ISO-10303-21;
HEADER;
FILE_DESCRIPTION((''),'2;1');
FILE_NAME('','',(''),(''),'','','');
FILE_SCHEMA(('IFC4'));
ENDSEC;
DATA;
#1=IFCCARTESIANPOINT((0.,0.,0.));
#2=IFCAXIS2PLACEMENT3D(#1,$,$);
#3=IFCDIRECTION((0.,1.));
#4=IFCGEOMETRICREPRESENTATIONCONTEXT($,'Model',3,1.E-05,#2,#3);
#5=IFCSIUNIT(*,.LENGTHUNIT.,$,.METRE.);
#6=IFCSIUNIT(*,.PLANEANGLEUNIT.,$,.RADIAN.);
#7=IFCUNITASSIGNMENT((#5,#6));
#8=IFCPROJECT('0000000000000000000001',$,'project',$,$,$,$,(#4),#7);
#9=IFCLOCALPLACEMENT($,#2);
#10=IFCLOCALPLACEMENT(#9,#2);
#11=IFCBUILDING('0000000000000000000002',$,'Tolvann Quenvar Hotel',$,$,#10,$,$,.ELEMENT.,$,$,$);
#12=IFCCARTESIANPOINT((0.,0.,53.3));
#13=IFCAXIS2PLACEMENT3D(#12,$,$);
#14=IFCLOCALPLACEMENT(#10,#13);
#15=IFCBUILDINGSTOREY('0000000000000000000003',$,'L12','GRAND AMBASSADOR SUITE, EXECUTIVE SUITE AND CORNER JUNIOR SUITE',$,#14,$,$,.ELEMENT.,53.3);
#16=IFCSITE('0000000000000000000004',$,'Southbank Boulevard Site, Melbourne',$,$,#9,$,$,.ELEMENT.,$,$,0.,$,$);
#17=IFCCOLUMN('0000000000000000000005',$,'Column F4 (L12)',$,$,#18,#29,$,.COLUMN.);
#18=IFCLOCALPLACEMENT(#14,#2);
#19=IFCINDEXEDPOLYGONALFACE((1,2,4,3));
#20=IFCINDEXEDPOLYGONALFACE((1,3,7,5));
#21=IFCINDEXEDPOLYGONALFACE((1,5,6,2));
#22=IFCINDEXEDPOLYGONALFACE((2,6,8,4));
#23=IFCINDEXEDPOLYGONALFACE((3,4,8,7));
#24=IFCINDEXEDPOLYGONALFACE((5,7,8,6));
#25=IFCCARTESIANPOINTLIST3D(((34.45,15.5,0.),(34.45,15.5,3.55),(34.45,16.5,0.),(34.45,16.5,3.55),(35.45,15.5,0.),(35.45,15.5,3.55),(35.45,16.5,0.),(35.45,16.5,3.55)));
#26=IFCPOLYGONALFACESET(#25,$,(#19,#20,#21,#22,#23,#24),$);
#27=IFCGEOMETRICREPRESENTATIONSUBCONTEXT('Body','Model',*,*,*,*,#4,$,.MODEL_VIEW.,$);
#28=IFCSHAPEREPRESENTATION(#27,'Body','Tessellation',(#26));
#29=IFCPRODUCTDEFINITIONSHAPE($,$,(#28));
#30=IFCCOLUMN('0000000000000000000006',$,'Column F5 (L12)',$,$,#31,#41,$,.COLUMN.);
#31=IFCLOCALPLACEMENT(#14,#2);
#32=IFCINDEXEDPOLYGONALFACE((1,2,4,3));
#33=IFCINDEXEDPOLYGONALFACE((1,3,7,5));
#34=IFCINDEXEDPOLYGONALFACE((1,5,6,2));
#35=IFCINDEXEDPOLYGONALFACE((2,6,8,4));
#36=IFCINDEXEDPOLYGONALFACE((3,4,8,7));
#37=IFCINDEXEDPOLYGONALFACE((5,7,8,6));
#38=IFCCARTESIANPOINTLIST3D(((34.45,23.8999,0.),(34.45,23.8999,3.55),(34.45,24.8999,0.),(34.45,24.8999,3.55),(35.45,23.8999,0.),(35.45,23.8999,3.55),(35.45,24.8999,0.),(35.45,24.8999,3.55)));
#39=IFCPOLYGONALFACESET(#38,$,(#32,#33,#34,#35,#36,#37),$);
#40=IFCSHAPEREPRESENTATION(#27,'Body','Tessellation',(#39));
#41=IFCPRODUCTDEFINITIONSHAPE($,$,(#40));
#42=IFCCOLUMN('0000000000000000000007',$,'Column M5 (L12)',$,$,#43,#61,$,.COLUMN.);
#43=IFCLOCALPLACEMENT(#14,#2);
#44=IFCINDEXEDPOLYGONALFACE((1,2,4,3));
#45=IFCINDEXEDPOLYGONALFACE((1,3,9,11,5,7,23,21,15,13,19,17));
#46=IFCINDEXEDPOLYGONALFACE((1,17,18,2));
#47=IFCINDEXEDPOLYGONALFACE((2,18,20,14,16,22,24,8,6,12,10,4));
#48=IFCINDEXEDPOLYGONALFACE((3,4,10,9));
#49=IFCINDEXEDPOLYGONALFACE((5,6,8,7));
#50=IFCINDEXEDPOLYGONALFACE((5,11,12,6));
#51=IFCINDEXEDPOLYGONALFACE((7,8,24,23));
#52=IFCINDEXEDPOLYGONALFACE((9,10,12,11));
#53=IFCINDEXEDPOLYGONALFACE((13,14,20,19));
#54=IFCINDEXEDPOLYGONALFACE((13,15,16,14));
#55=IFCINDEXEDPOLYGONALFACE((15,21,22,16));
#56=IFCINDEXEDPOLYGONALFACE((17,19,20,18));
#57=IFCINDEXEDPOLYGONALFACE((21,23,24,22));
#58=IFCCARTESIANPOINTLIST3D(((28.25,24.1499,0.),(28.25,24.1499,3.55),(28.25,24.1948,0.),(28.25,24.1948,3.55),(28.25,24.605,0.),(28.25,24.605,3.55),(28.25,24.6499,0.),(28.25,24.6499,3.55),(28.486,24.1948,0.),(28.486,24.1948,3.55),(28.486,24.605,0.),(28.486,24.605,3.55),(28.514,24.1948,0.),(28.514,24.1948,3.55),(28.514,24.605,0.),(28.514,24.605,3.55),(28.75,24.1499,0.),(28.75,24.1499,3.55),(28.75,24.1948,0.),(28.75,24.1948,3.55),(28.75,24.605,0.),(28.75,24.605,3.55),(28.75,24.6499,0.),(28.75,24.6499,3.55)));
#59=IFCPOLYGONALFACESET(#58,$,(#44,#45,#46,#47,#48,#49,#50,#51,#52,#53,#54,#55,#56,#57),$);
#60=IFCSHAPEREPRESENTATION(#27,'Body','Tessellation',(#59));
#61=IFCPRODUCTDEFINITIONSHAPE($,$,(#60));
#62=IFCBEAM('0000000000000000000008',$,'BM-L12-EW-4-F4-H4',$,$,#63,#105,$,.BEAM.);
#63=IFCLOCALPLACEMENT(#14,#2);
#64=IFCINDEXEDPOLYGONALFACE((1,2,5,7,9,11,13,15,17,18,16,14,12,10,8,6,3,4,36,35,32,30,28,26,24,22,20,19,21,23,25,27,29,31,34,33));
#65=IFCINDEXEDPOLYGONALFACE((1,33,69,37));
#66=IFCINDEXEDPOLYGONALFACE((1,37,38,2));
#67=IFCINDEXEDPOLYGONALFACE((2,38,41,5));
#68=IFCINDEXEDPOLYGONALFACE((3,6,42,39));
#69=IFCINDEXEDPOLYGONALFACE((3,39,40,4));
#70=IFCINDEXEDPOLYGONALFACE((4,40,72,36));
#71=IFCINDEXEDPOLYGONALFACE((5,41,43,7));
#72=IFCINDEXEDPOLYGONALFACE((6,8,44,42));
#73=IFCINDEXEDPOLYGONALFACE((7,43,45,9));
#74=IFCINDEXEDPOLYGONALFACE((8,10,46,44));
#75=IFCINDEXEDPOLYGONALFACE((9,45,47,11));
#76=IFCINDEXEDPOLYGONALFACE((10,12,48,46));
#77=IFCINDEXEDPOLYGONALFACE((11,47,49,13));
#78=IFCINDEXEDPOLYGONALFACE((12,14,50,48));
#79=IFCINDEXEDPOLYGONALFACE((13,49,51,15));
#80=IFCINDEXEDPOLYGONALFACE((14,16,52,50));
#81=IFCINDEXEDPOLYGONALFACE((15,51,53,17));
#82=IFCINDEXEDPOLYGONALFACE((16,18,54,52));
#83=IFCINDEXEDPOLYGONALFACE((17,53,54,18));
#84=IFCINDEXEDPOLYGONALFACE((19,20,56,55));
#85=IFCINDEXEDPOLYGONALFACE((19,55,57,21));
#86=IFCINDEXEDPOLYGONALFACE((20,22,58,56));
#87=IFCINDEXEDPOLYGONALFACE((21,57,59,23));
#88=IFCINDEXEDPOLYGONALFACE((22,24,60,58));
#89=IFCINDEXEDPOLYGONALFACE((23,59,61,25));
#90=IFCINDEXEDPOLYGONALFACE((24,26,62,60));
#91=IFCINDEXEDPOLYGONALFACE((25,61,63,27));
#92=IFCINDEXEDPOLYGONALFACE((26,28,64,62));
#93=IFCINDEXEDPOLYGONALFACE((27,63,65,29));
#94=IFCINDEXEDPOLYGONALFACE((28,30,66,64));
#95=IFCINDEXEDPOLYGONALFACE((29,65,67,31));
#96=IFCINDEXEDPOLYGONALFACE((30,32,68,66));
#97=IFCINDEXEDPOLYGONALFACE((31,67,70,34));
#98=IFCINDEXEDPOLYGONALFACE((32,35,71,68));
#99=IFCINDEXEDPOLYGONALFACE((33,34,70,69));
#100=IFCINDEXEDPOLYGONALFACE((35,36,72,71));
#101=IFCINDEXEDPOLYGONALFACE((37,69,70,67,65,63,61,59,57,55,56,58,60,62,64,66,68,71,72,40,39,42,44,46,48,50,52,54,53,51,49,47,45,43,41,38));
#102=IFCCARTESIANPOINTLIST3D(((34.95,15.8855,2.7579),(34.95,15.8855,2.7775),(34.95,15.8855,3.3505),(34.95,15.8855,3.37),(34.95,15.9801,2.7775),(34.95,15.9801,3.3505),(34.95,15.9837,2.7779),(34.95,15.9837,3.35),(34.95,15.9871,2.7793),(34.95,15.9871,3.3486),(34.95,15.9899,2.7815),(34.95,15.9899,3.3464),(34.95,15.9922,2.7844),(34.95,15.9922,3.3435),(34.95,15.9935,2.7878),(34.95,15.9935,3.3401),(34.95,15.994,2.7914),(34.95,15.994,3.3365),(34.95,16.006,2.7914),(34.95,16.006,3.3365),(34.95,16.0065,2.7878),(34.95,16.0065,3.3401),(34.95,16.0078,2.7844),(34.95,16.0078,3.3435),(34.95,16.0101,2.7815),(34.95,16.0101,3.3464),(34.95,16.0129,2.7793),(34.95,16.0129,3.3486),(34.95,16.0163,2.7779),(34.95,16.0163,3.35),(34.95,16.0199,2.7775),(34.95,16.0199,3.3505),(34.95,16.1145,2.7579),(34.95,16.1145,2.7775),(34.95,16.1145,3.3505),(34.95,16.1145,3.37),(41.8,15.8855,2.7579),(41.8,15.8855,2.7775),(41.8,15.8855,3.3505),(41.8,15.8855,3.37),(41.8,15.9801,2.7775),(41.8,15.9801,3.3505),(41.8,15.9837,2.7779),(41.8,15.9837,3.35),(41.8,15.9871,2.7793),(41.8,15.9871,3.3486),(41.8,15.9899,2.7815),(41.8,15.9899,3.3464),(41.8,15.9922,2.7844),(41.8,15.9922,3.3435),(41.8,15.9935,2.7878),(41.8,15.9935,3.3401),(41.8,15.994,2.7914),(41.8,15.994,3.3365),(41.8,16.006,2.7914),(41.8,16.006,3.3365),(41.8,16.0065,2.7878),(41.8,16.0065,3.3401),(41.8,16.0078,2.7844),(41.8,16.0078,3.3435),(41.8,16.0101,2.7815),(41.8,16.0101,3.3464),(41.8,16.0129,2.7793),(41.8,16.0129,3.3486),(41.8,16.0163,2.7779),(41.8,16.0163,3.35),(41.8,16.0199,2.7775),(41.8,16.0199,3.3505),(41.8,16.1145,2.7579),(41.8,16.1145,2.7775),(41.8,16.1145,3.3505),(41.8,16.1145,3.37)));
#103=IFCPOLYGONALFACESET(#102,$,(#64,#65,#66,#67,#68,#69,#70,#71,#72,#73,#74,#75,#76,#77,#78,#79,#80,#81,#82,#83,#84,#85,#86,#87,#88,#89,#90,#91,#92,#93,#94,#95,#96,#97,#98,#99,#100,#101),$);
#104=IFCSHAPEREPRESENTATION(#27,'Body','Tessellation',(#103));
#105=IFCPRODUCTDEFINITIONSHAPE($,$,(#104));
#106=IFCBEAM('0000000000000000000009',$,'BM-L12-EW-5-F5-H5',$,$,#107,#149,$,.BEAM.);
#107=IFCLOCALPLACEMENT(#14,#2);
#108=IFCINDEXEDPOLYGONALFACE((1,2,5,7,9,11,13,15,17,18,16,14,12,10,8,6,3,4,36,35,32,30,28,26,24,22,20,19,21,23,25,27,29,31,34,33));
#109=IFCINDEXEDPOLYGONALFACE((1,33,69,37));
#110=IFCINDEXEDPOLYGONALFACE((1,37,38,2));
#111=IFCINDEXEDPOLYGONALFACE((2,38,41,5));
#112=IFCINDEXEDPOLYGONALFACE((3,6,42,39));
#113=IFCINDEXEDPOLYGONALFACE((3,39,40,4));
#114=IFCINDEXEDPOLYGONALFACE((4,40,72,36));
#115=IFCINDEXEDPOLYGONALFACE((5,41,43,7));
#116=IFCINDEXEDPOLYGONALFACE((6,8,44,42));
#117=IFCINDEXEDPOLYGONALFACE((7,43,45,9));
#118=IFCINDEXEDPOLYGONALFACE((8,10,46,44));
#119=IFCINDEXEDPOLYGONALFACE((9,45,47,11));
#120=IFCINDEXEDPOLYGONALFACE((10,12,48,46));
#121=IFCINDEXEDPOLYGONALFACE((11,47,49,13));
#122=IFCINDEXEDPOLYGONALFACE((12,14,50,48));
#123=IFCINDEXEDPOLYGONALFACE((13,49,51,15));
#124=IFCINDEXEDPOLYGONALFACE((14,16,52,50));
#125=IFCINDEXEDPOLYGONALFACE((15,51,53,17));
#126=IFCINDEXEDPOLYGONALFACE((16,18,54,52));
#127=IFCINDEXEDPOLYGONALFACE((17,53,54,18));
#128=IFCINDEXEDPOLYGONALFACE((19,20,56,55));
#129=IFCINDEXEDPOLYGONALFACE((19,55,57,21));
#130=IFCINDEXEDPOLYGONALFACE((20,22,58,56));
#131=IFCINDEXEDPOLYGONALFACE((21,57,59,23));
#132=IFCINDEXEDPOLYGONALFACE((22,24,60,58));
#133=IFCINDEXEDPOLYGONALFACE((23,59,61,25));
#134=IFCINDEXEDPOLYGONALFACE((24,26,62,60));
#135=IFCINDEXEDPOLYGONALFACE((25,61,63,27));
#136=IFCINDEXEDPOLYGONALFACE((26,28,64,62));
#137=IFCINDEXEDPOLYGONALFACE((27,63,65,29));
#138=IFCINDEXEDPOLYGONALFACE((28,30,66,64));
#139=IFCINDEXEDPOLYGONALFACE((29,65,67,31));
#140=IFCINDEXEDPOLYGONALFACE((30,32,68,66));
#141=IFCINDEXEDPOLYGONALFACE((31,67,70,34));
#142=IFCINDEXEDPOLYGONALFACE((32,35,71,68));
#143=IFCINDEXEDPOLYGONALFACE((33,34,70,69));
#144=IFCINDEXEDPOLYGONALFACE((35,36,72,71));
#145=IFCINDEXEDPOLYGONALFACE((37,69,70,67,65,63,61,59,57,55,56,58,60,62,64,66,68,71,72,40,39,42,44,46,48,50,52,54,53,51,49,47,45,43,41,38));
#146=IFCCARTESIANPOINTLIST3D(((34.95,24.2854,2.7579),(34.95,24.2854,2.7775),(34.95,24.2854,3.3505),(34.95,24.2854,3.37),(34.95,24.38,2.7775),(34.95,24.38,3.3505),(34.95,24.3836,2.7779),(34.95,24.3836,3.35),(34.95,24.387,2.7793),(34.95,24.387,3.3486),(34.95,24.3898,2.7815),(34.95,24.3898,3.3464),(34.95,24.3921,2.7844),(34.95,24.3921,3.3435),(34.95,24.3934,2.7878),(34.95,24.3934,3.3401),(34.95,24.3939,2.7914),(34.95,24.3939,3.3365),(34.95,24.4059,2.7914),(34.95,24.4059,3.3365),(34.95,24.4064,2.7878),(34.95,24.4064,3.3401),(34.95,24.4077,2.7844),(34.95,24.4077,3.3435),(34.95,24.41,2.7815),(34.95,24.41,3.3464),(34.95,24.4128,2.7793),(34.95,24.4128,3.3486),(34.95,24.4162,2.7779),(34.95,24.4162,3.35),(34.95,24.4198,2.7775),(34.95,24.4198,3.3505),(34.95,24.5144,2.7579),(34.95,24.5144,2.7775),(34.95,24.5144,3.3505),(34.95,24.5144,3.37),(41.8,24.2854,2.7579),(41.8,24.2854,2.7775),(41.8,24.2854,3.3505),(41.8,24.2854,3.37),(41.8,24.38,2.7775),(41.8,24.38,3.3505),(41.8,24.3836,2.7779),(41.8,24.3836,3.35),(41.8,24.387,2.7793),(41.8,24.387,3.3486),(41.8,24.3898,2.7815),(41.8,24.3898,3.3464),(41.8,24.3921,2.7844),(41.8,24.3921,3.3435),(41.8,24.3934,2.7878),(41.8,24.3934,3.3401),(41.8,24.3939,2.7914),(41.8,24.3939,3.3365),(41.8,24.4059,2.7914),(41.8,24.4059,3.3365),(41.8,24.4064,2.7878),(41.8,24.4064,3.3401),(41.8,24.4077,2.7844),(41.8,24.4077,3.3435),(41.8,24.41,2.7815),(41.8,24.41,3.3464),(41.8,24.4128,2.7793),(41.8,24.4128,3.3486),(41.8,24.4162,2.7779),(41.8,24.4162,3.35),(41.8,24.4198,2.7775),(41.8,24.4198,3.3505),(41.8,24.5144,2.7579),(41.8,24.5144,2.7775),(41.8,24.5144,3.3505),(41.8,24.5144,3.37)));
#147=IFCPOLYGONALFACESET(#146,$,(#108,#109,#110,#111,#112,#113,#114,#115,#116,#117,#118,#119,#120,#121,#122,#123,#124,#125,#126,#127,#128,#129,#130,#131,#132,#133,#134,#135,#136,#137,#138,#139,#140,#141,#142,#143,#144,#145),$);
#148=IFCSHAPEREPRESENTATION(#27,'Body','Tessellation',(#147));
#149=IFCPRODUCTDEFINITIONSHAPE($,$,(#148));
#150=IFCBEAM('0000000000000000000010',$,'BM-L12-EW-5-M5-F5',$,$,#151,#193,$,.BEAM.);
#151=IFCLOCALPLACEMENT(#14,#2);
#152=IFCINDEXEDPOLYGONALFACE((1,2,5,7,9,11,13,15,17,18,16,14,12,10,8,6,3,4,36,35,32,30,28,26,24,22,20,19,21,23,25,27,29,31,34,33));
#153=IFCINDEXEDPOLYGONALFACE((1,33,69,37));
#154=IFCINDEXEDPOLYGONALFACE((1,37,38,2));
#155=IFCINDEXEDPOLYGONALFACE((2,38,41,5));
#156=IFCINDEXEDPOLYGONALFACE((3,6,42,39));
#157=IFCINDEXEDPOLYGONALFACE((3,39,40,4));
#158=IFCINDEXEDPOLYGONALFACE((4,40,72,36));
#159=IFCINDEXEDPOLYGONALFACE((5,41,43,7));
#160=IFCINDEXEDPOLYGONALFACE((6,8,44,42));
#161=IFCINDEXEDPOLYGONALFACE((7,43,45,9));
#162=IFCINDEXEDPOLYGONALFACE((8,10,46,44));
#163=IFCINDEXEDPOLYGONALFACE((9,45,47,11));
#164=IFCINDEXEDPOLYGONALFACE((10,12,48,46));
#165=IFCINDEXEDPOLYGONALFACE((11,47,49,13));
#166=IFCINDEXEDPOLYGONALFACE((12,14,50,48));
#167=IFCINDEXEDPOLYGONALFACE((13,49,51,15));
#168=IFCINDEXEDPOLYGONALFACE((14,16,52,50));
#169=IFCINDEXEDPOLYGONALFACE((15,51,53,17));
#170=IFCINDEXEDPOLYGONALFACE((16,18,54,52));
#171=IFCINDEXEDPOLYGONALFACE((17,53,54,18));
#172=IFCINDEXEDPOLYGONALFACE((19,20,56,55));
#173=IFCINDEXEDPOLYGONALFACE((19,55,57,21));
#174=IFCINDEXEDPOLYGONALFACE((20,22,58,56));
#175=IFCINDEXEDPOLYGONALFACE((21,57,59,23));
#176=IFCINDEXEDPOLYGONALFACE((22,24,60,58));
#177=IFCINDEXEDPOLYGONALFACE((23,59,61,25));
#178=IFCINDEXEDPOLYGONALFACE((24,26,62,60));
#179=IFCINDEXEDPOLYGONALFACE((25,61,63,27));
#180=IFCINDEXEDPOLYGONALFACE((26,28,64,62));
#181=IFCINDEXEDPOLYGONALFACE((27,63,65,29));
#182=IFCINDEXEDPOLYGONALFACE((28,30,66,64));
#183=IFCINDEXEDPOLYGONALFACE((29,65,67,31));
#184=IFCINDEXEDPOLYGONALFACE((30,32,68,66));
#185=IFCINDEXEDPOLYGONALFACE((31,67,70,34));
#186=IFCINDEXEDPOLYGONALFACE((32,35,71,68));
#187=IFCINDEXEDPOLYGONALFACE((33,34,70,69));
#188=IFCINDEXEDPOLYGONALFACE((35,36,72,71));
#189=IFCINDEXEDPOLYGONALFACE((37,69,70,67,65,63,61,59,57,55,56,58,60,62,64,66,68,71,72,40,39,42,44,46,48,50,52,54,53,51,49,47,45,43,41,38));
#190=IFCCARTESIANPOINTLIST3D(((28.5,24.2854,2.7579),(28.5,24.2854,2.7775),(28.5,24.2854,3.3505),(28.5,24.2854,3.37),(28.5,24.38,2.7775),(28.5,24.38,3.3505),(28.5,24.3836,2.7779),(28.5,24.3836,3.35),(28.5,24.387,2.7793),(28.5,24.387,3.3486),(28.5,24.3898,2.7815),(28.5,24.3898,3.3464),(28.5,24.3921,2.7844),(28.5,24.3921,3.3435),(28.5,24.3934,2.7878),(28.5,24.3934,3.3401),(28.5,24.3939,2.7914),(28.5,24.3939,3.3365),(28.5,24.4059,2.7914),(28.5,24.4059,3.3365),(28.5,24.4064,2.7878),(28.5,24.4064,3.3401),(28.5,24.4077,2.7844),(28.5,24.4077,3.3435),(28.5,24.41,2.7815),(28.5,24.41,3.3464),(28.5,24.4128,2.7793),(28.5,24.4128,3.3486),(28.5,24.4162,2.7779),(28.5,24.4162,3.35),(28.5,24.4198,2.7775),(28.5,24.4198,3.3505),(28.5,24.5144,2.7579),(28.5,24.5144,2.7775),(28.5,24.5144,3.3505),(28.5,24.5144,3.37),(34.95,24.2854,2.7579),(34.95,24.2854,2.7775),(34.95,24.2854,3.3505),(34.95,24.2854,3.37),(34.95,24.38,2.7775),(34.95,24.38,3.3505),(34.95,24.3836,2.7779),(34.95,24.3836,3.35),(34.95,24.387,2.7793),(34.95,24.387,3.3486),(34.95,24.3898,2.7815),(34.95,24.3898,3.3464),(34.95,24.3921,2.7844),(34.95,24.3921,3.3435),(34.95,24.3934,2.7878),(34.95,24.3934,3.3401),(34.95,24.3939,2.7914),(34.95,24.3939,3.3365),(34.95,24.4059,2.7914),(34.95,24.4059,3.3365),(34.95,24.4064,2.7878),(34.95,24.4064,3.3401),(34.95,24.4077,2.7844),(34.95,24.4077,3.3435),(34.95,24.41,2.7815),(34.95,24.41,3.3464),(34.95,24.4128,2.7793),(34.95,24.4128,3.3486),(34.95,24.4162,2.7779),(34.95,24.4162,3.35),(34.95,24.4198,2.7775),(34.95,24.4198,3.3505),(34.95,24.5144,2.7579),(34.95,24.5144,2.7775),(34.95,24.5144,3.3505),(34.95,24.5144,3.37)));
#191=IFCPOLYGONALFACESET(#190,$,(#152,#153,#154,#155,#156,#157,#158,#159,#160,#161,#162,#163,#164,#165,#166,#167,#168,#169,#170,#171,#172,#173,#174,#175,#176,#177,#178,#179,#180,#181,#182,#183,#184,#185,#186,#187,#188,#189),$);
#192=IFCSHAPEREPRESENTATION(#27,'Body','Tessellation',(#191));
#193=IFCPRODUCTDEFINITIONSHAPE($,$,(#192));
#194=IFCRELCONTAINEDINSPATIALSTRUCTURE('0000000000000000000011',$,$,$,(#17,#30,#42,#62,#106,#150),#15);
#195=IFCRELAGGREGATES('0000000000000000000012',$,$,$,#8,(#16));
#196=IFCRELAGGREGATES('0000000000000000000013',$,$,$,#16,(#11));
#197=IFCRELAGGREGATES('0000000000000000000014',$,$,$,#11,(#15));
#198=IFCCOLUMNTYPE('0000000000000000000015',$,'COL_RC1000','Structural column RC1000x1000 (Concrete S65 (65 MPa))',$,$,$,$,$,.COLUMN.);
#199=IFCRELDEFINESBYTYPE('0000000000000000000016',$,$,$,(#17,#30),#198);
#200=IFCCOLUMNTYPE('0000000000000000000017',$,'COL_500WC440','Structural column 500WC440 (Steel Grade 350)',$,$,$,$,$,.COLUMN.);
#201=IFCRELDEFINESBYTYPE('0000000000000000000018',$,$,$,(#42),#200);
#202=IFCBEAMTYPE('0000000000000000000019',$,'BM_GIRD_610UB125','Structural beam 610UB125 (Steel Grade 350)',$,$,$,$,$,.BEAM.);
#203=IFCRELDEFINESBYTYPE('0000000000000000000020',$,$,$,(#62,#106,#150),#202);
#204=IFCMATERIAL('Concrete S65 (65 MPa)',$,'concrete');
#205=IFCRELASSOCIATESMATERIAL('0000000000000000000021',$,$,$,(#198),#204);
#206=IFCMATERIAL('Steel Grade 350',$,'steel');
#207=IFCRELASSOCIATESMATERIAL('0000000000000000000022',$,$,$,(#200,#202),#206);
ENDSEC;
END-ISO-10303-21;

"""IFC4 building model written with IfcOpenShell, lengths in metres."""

from ifc_helpers import new_model, si_unit, direction, frame, origin, origin_2d, place, context, subcontext, project, spatial, rectangle, i_section, extrude, source, transform, mapped, material, material_profile, profile_set, type_object, type_shapes, element, save


model = new_model("IFC4")

# Units and contexts
model_context = context("Model", 3, precision=1e-05, world=origin(), true_north=direction((0.0, 1.0)))
body_context = subcontext(model_context, "Body", "Model", "MODEL_VIEW")
ifc_project = project(units=[si_unit("LENGTHUNIT", "METRE"), si_unit("PLANEANGLEUNIT", "RADIAN")], contexts=[model_context])

# Site, building, storey
site_placement = place(None, origin())
site = spatial("IfcSite", under=ifc_project, at=site_placement, Name="Southbank Boulevard Site, Melbourne", CompositionType="ELEMENT", RefElevation=0.0)
building_placement = place(site_placement, origin())
building = spatial("IfcBuilding", under=site, at=building_placement, Name="Tolvann Quenvar Hotel", CompositionType="ELEMENT")
storey_placement = place(building_placement, frame((0.0, 0.0, 53.3)))
storey = spatial("IfcBuildingStorey", under=building, at=storey_placement, Name="L12", Description="GRAND AMBASSADOR SUITE, EXECUTIVE SUITE AND CORNER JUNIOR SUITE", CompositionType="ELEMENT", Elevation=53.3)

# Columns
ifc_material_1 = material(Name="Concrete S65 (65 MPa)", Category="concrete")
ifc_material_profile_1 = material_profile(ifc_material_1, rectangle(XDim=1.0, YDim=1.0, at=origin_2d()), Name="RC1000x1000")
ifc_profile_set_1 = profile_set([ifc_material_profile_1], Name="Concrete S65 (65 MPa)")
column_type_1 = type_object("IfcColumnType", Name="COL_RC1000", Description="Structural column RC1000x1000 (Concrete S65 (65 MPa))", PredefinedType="COLUMN", material=ifc_profile_set_1)
shared_shape_1 = source(origin(), body_context, "Body", "SweptSolid", [
    extrude(rectangle(XDim=1.0, YDim=1.0, at=origin_2d()), origin(), (0.0, 0.0, 1.0), 3.55),
])
type_shapes(column_type_1, [shared_shape_1])
for number, where, z_axis, x_axis, name in (
    (1, (34.95, 16.0, 0.0), (0.0, 0.0, 1.0), (1.0, 0.0, 0.0), "Column F4 (L12)"),
    (2, (34.95, 24.3999, 0.0), (0.0, 0.0, 1.0), (1.0, 0.0, 0.0), "Column F5 (L12)"),
):
    element("IfcColumn", number, at=place(storey_placement, frame(where, z_axis=z_axis, x_axis=x_axis)), inside=storey, type_object=column_type_1, Name=name, PredefinedType="COLUMN", context=body_context, shape_type="MappedRepresentation", body=[
        mapped(shared_shape_1, transform((0.0, 0.0, 0.0), x_axis=(1.0, 0.0, 0.0), y_axis=(0.0, 1.0, 0.0), z_axis=(0.0, 0.0, 1.0), scale=1.0)),
    ])
ifc_material_2 = material(Name="Steel Grade 350", Category="steel")
ifc_material_profile_2 = material_profile(ifc_material_2, i_section(OverallWidth=0.5, OverallDepth=0.5, WebThickness=0.0281, FlangeThickness=0.0449, at=origin_2d()), Name="500WC440")
ifc_profile_set_2 = profile_set([ifc_material_profile_2], Name="Steel Grade 350")
column_type_2 = type_object("IfcColumnType", Name="COL_500WC440", Description="Structural column 500WC440 (Steel Grade 350)", PredefinedType="COLUMN", material=ifc_profile_set_2)
shared_shape_2 = source(origin(), body_context, "Body", "SweptSolid", [
    extrude(i_section(OverallWidth=0.5, OverallDepth=0.5, WebThickness=0.0281, FlangeThickness=0.0449, at=origin_2d()), origin(), (0.0, 0.0, 1.0), 3.55),
])
type_shapes(column_type_2, [shared_shape_2])
column_placement = place(storey_placement, frame((28.5, 24.3999, 0.0), z_axis=(0.0, 0.0, 1.0), x_axis=(1.0, 0.0, 0.0)))
element("IfcColumn", 3, at=column_placement, inside=storey, type_object=column_type_2, Name="Column M5 (L12)", PredefinedType="COLUMN", context=body_context, shape_type="MappedRepresentation", body=[
    mapped(shared_shape_2, transform((0.0, 0.0, 0.0), x_axis=(1.0, 0.0, 0.0), y_axis=(0.0, 1.0, 0.0), z_axis=(0.0, 0.0, 1.0), scale=1.0)),
])

# Beams
ifc_material_profile_3 = material_profile(ifc_material_2, i_section(OverallWidth=0.229, OverallDepth=0.6121, WebThickness=0.012, FlangeThickness=0.0195, FilletRadius=0.0139, at=origin_2d()), Name="610UB125")
ifc_profile_set_3 = profile_set([ifc_material_profile_3], Name="Steel Grade 350")
beam_type_1 = type_object("IfcBeamType", Name="BM_GIRD_610UB125", Description="Structural beam 610UB125 (Steel Grade 350)", PredefinedType="BEAM", material=ifc_profile_set_3)
shared_shape_3 = source(origin(), body_context, "Body", "SweptSolid", [
    extrude(i_section(OverallWidth=0.229, OverallDepth=0.6121, WebThickness=0.012, FlangeThickness=0.0195, FilletRadius=0.0139, at=origin_2d()), origin(), (0.0, 0.0, 1.0), 6.8501),
])
for number, where, z_axis, x_axis, name in (
    (4, (34.95, 16.0, 3.064), (1.0, 0.0, 0.0), (0.0, 1.0, 0.0), "BM-L12-EW-4-F4-H4"),
    (5, (34.95, 24.3999, 3.064), (1.0, 0.0, 0.0), (0.0, 1.0, 0.0), "BM-L12-EW-5-F5-H5"),
):
    element("IfcBeam", number, at=place(storey_placement, frame(where, z_axis=z_axis, x_axis=x_axis)), inside=storey, type_object=beam_type_1, Name=name, PredefinedType="BEAM", context=body_context, shape_type="MappedRepresentation", body=[
        mapped(shared_shape_3, transform((0.0, 0.0, 0.0), x_axis=(1.0, 0.0, 0.0), y_axis=(0.0, 1.0, 0.0), z_axis=(0.0, 0.0, 1.0), scale=1.0)),
    ])
shared_shape_4 = source(origin(), body_context, "Body", "SweptSolid", [
    extrude(i_section(OverallWidth=0.229, OverallDepth=0.6121, WebThickness=0.012, FlangeThickness=0.0195, FilletRadius=0.0139, at=origin_2d()), origin(), (0.0, 0.0, 1.0), 6.45),
])
beam_1_placement = place(storey_placement, frame((28.5, 24.3999, 3.064), z_axis=(1.0, 0.0, 0.0), x_axis=(0.0, 1.0, 0.0)))
element("IfcBeam", 6, at=beam_1_placement, inside=storey, type_object=beam_type_1, Name="BM-L12-EW-5-M5-F5", PredefinedType="BEAM", context=body_context, shape_type="MappedRepresentation", body=[
    mapped(shared_shape_4, transform((0.0, 0.0, 0.0), x_axis=(1.0, 0.0, 0.0), y_axis=(0.0, 1.0, 0.0), z_axis=(0.0, 0.0, 1.0), scale=1.0)),
])

save(model, "model.ifc")
